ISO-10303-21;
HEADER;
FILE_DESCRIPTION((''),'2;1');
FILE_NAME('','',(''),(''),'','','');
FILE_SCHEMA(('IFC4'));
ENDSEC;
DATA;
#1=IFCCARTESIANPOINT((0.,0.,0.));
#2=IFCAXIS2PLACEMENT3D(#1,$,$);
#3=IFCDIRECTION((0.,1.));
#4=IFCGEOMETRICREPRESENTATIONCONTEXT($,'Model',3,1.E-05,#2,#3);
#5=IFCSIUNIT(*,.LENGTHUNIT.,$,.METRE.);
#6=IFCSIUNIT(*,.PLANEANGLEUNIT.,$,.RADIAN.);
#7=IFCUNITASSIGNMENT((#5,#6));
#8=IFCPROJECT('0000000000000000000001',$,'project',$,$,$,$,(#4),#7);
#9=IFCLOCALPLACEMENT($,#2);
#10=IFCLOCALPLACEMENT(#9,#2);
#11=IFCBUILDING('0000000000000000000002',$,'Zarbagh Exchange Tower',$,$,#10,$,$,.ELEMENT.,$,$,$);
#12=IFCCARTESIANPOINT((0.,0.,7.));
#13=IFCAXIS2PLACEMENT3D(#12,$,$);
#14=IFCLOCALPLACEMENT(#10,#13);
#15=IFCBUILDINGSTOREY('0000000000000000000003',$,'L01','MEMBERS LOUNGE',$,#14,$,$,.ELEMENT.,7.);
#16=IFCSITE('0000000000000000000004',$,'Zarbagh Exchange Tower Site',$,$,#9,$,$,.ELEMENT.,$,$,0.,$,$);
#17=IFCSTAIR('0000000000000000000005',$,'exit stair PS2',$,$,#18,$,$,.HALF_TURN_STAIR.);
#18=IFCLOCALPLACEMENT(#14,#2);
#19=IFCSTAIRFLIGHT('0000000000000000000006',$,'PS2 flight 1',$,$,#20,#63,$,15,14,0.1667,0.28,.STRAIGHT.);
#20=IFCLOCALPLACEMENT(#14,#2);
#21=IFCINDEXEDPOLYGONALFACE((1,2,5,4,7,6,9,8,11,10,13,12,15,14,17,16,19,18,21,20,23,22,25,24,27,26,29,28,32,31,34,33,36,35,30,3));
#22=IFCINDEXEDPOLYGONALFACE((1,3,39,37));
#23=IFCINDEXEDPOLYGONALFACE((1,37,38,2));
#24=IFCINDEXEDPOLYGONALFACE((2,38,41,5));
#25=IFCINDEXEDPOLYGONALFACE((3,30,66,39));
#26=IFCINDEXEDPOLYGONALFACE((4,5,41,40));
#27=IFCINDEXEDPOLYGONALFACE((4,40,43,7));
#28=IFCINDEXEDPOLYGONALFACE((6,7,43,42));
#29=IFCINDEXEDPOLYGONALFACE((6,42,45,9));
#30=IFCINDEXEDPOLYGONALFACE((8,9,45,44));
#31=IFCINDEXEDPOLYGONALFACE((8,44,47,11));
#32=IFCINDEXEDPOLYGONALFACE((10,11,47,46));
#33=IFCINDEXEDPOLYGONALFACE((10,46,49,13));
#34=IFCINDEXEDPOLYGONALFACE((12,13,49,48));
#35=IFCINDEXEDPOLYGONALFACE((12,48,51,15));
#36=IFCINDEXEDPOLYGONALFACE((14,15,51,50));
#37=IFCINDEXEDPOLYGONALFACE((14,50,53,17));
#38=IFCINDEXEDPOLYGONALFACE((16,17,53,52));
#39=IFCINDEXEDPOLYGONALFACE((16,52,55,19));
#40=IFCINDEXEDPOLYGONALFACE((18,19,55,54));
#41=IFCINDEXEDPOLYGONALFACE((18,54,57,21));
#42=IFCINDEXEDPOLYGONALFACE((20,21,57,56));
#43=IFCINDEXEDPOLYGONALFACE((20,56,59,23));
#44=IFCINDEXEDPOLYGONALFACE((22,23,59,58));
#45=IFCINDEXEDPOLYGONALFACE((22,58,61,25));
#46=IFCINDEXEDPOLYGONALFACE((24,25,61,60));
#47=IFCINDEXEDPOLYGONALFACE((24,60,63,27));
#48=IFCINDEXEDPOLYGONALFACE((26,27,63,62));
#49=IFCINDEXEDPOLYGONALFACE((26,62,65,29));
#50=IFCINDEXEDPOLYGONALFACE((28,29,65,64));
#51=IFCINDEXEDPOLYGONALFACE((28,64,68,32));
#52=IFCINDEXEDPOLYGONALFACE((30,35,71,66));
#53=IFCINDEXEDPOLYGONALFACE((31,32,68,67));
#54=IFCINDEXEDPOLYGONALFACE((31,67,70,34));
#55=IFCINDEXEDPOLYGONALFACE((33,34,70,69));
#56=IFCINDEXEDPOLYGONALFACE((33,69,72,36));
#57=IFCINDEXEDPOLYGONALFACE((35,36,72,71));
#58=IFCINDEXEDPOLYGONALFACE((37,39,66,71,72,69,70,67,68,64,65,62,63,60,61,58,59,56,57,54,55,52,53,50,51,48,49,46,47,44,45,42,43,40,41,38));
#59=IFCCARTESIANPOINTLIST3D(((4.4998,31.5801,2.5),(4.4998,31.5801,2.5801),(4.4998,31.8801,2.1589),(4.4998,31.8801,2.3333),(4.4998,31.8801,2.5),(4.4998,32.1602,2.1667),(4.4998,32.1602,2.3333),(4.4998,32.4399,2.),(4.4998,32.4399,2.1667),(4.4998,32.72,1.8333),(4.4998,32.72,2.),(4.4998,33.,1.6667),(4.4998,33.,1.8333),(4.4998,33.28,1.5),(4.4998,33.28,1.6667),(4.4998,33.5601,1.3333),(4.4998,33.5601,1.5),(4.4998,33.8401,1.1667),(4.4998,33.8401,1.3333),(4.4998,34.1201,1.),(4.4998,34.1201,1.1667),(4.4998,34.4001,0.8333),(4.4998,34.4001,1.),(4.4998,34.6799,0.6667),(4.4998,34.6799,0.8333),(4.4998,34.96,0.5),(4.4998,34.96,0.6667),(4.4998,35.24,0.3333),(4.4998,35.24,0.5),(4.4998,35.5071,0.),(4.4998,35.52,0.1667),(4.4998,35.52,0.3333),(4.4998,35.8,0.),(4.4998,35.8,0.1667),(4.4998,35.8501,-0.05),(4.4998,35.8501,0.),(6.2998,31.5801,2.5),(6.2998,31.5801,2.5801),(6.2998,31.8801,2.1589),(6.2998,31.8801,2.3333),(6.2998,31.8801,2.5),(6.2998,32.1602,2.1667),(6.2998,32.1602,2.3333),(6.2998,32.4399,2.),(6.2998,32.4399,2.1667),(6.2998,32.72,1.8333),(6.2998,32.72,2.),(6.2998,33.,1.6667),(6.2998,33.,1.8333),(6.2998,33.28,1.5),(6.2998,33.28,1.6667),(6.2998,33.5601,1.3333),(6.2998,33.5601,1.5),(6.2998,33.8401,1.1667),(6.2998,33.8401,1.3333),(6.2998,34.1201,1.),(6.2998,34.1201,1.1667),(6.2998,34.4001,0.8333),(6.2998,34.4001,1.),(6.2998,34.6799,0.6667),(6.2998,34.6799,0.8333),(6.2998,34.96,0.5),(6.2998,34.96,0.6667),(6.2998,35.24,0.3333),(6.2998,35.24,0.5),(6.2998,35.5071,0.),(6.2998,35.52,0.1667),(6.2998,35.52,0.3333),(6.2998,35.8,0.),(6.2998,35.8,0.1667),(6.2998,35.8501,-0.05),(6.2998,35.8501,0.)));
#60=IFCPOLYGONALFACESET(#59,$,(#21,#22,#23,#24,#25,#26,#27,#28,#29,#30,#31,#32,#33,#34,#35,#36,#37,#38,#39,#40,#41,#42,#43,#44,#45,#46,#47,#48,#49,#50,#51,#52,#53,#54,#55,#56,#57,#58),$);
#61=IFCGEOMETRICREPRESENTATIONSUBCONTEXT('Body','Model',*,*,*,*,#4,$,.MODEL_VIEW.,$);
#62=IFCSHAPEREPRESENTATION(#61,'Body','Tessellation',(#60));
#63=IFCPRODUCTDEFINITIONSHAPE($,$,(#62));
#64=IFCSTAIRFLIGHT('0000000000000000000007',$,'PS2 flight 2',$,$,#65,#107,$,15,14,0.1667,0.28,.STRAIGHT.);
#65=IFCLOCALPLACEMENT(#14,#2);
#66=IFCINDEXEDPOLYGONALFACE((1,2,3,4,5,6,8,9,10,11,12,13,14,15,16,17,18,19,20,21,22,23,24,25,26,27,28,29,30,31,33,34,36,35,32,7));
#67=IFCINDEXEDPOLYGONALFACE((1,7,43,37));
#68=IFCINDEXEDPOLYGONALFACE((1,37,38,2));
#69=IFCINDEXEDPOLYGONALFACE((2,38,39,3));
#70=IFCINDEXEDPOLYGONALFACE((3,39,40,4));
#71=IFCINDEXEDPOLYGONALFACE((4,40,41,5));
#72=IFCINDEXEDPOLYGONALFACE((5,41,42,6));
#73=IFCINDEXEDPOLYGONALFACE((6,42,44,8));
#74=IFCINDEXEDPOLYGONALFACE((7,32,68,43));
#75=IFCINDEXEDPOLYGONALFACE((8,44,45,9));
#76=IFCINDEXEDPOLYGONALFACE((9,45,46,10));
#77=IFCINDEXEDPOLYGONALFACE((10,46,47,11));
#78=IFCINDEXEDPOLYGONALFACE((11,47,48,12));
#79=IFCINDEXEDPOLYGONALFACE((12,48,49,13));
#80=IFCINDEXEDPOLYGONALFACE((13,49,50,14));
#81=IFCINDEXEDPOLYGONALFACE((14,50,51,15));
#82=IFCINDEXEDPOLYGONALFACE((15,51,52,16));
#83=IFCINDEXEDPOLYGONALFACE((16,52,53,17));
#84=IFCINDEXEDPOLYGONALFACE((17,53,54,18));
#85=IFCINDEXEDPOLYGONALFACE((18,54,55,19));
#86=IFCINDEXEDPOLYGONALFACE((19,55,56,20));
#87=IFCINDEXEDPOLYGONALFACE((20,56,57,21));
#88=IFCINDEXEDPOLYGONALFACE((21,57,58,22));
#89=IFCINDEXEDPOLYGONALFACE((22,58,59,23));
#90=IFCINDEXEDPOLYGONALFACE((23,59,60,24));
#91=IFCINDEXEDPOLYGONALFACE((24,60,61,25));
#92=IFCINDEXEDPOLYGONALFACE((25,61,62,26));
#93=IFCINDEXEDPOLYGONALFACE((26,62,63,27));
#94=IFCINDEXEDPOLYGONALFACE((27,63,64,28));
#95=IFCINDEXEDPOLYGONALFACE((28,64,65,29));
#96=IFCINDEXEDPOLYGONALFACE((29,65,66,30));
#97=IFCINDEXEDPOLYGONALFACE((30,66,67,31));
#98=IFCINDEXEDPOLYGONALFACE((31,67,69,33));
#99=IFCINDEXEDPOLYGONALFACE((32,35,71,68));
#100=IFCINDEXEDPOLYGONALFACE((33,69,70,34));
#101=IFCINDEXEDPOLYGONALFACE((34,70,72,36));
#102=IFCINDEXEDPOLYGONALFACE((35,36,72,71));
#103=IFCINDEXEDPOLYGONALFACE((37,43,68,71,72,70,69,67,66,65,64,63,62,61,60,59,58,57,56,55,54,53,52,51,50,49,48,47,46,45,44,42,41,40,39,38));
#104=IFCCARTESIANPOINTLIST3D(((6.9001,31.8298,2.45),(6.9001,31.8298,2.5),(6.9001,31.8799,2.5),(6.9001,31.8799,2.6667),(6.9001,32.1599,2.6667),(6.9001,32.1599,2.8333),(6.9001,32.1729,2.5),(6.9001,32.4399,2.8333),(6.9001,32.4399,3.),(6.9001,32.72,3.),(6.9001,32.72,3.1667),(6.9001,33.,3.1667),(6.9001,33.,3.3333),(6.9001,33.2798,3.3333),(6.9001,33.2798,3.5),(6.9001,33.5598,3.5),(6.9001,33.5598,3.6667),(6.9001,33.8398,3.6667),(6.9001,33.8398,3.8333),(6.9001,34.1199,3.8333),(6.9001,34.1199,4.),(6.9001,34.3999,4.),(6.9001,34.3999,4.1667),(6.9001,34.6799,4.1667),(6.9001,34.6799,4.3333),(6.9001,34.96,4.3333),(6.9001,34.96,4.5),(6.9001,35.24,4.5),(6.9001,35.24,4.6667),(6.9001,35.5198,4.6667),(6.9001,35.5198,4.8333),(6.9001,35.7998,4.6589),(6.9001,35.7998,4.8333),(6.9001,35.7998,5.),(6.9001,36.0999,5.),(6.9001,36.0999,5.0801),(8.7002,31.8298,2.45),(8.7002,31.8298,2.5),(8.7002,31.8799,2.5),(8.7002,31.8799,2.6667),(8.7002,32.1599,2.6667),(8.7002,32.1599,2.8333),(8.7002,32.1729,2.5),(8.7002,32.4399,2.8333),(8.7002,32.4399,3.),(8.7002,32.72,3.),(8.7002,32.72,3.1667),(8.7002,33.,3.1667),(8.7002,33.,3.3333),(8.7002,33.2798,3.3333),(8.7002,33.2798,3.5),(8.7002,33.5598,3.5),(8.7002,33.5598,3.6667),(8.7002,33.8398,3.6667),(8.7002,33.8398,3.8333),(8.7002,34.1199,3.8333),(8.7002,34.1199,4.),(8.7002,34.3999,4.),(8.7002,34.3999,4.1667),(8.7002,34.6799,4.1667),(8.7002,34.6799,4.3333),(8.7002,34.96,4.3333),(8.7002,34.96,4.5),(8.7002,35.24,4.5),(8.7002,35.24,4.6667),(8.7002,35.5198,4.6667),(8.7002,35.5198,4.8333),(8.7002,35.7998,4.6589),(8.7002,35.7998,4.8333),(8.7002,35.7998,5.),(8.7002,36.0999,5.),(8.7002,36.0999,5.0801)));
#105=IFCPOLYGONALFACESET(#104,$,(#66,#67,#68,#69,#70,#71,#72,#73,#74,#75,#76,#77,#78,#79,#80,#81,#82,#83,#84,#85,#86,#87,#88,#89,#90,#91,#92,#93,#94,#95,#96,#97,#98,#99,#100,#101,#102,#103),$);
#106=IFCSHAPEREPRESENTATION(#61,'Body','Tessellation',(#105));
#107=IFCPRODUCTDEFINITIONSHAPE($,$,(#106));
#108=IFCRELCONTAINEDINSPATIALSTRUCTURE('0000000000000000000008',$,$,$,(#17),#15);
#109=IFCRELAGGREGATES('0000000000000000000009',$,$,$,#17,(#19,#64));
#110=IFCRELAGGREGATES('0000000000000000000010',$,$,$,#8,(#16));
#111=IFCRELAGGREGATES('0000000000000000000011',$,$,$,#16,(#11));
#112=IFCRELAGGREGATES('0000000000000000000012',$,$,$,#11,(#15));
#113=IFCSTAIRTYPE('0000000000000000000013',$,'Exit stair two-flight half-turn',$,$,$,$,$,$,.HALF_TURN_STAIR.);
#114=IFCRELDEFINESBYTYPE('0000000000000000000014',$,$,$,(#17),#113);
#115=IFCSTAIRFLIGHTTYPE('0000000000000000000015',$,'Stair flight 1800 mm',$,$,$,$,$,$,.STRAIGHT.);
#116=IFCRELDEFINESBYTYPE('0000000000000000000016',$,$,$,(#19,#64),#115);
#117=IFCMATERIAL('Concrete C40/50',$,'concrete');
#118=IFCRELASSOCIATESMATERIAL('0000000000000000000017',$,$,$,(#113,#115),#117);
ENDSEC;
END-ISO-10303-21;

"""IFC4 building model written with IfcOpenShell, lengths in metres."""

from ifc_helpers import new_model, si_unit, direction, frame, origin, place, context, subcontext, project, spatial, polyline, outline, extrude, material, type_object, element, aggregate, save


model = new_model("IFC4")

# Units and contexts
model_context = context("Model", 3, precision=1e-05, world=origin(), true_north=direction((0.0, 1.0)))
body_context = subcontext(model_context, "Body", "Model", "MODEL_VIEW")
ifc_project = project(units=[si_unit("LENGTHUNIT", "METRE"), si_unit("PLANEANGLEUNIT", "RADIAN")], contexts=[model_context])

# Site, building, storey
site_placement = place(None, origin())
site = spatial("IfcSite", under=ifc_project, at=site_placement, Name="Zarbagh Exchange Tower Site", CompositionType="ELEMENT", RefElevation=0.0)
building_placement = place(site_placement, origin())
building = spatial("IfcBuilding", under=site, at=building_placement, Name="Zarbagh Exchange Tower", CompositionType="ELEMENT")
storey_placement = place(building_placement, frame((0.0, 0.0, 7.0)))
storey = spatial("IfcBuildingStorey", under=building, at=storey_placement, Name="L01", Description="MEMBERS LOUNGE", CompositionType="ELEMENT", Elevation=7.0)

# Shared definitions
ifc_material_1 = material(Name="Concrete C40/50", Category="concrete")

# Stair, stair flights
stair_type = type_object("IfcStairType", Name="Exit stair two-flight half-turn", PredefinedType="HALF_TURN_STAIR", material=ifc_material_1)
stair_placement = place(storey_placement, origin())
stair = element("IfcStair", 1, at=stair_placement, inside=storey, type_object=stair_type, Name="exit stair PS2", PredefinedType="HALF_TURN_STAIR")
stair_flight_type = type_object("IfcStairFlightType", Name="Stair flight 1800 mm", PredefinedType="STRAIGHT", material=ifc_material_1)
stair_flight_1_placement = place(storey_placement, frame((5.3999, 35.8, 0.0), z_axis=(0.0, 0.0, 1.0), x_axis=(0.0, -1.0, 0.0)))
stair_flight_1 = element("IfcStairFlight", 2, at=stair_flight_1_placement, type_object=stair_flight_type, Name="PS2 flight 1", NumberOfRisers=15, NumberOfTreads=14, PredefinedType="STRAIGHT", RiserHeight=0.1667, TreadLength=0.28, context=body_context, shape_type="SweptSolid", body=[
    extrude(outline(polyline([(-0.05, -0.05), (-0.05, 0.0), (0.0, 0.0), (0.0, 0.1667), (0.28, 0.1667), (0.28, 0.3333), (0.5601, 0.3333), (0.5601, 0.5), (0.8401, 0.5), (0.8401, 0.6667), (1.1201, 0.6667), (1.1201, 0.8333), (1.3999, 0.8333), (1.3999, 1.0), (1.6799, 1.0), (1.6799, 1.1667), (1.96, 1.1667), (1.96, 1.3333), (2.24, 1.3333), (2.24, 1.5), (2.52, 1.5), (2.52, 1.6667), (2.8, 1.6667), (2.8, 1.8333), (3.0801, 1.8333), (3.0801, 2.0), (3.3601, 2.0), (3.3601, 2.1667), (3.6399, 2.1667), (3.6399, 2.3333), (3.9199, 2.3333), (3.9199, 2.5), (4.22, 2.5801), (4.22, 2.5), (3.9199, 2.1589), (0.293, 0.0), (-0.05, -0.05)])), frame((0.0, 0.8999, 0.0), z_axis=(0.0, -1.0, 0.0), x_axis=(1.0, 0.0, 0.0)), (0.0, 0.0, 1.0), 1.8),
])
stair_flight_2_placement = place(storey_placement, frame((7.8, 31.8799, 2.5), z_axis=(0.0, 0.0, 1.0), x_axis=(0.0, 1.0, 0.0)))
stair_flight_2 = element("IfcStairFlight", 3, at=stair_flight_2_placement, type_object=stair_flight_type, Name="PS2 flight 2", NumberOfRisers=15, NumberOfTreads=14, PredefinedType="STRAIGHT", RiserHeight=0.1667, TreadLength=0.28, context=body_context, shape_type="SweptSolid", body=[
    extrude(outline(polyline([(-0.05, -0.05), (-0.05, 0.0), (0.0, 0.0), (0.0, 0.1667), (0.28, 0.1667), (0.28, 0.3333), (0.5601, 0.3333), (0.5601, 0.5), (0.8401, 0.5), (0.8401, 0.6667), (1.1201, 0.6667), (1.1201, 0.8333), (1.3999, 0.8333), (1.3999, 1.0), (1.6799, 1.0), (1.6799, 1.1667), (1.96, 1.1667), (1.96, 1.3333), (2.24, 1.3333), (2.24, 1.5), (2.52, 1.5), (2.52, 1.6667), (2.8, 1.6667), (2.8, 1.8333), (3.0801, 1.8333), (3.0801, 2.0), (3.3601, 2.0), (3.3601, 2.1667), (3.6399, 2.1667), (3.6399, 2.3333), (3.9199, 2.3333), (3.9199, 2.5), (4.22, 2.5801), (4.22, 2.5), (3.9199, 2.1589), (0.293, 0.0), (-0.05, -0.05)])), frame((0.0, 0.8999, 0.0), z_axis=(0.0, -1.0, 0.0), x_axis=(1.0, 0.0, 0.0)), (0.0, 0.0, 1.0), 1.8),
])
aggregate(stair, [stair_flight_1, stair_flight_2])

save(model, "model.ifc")
